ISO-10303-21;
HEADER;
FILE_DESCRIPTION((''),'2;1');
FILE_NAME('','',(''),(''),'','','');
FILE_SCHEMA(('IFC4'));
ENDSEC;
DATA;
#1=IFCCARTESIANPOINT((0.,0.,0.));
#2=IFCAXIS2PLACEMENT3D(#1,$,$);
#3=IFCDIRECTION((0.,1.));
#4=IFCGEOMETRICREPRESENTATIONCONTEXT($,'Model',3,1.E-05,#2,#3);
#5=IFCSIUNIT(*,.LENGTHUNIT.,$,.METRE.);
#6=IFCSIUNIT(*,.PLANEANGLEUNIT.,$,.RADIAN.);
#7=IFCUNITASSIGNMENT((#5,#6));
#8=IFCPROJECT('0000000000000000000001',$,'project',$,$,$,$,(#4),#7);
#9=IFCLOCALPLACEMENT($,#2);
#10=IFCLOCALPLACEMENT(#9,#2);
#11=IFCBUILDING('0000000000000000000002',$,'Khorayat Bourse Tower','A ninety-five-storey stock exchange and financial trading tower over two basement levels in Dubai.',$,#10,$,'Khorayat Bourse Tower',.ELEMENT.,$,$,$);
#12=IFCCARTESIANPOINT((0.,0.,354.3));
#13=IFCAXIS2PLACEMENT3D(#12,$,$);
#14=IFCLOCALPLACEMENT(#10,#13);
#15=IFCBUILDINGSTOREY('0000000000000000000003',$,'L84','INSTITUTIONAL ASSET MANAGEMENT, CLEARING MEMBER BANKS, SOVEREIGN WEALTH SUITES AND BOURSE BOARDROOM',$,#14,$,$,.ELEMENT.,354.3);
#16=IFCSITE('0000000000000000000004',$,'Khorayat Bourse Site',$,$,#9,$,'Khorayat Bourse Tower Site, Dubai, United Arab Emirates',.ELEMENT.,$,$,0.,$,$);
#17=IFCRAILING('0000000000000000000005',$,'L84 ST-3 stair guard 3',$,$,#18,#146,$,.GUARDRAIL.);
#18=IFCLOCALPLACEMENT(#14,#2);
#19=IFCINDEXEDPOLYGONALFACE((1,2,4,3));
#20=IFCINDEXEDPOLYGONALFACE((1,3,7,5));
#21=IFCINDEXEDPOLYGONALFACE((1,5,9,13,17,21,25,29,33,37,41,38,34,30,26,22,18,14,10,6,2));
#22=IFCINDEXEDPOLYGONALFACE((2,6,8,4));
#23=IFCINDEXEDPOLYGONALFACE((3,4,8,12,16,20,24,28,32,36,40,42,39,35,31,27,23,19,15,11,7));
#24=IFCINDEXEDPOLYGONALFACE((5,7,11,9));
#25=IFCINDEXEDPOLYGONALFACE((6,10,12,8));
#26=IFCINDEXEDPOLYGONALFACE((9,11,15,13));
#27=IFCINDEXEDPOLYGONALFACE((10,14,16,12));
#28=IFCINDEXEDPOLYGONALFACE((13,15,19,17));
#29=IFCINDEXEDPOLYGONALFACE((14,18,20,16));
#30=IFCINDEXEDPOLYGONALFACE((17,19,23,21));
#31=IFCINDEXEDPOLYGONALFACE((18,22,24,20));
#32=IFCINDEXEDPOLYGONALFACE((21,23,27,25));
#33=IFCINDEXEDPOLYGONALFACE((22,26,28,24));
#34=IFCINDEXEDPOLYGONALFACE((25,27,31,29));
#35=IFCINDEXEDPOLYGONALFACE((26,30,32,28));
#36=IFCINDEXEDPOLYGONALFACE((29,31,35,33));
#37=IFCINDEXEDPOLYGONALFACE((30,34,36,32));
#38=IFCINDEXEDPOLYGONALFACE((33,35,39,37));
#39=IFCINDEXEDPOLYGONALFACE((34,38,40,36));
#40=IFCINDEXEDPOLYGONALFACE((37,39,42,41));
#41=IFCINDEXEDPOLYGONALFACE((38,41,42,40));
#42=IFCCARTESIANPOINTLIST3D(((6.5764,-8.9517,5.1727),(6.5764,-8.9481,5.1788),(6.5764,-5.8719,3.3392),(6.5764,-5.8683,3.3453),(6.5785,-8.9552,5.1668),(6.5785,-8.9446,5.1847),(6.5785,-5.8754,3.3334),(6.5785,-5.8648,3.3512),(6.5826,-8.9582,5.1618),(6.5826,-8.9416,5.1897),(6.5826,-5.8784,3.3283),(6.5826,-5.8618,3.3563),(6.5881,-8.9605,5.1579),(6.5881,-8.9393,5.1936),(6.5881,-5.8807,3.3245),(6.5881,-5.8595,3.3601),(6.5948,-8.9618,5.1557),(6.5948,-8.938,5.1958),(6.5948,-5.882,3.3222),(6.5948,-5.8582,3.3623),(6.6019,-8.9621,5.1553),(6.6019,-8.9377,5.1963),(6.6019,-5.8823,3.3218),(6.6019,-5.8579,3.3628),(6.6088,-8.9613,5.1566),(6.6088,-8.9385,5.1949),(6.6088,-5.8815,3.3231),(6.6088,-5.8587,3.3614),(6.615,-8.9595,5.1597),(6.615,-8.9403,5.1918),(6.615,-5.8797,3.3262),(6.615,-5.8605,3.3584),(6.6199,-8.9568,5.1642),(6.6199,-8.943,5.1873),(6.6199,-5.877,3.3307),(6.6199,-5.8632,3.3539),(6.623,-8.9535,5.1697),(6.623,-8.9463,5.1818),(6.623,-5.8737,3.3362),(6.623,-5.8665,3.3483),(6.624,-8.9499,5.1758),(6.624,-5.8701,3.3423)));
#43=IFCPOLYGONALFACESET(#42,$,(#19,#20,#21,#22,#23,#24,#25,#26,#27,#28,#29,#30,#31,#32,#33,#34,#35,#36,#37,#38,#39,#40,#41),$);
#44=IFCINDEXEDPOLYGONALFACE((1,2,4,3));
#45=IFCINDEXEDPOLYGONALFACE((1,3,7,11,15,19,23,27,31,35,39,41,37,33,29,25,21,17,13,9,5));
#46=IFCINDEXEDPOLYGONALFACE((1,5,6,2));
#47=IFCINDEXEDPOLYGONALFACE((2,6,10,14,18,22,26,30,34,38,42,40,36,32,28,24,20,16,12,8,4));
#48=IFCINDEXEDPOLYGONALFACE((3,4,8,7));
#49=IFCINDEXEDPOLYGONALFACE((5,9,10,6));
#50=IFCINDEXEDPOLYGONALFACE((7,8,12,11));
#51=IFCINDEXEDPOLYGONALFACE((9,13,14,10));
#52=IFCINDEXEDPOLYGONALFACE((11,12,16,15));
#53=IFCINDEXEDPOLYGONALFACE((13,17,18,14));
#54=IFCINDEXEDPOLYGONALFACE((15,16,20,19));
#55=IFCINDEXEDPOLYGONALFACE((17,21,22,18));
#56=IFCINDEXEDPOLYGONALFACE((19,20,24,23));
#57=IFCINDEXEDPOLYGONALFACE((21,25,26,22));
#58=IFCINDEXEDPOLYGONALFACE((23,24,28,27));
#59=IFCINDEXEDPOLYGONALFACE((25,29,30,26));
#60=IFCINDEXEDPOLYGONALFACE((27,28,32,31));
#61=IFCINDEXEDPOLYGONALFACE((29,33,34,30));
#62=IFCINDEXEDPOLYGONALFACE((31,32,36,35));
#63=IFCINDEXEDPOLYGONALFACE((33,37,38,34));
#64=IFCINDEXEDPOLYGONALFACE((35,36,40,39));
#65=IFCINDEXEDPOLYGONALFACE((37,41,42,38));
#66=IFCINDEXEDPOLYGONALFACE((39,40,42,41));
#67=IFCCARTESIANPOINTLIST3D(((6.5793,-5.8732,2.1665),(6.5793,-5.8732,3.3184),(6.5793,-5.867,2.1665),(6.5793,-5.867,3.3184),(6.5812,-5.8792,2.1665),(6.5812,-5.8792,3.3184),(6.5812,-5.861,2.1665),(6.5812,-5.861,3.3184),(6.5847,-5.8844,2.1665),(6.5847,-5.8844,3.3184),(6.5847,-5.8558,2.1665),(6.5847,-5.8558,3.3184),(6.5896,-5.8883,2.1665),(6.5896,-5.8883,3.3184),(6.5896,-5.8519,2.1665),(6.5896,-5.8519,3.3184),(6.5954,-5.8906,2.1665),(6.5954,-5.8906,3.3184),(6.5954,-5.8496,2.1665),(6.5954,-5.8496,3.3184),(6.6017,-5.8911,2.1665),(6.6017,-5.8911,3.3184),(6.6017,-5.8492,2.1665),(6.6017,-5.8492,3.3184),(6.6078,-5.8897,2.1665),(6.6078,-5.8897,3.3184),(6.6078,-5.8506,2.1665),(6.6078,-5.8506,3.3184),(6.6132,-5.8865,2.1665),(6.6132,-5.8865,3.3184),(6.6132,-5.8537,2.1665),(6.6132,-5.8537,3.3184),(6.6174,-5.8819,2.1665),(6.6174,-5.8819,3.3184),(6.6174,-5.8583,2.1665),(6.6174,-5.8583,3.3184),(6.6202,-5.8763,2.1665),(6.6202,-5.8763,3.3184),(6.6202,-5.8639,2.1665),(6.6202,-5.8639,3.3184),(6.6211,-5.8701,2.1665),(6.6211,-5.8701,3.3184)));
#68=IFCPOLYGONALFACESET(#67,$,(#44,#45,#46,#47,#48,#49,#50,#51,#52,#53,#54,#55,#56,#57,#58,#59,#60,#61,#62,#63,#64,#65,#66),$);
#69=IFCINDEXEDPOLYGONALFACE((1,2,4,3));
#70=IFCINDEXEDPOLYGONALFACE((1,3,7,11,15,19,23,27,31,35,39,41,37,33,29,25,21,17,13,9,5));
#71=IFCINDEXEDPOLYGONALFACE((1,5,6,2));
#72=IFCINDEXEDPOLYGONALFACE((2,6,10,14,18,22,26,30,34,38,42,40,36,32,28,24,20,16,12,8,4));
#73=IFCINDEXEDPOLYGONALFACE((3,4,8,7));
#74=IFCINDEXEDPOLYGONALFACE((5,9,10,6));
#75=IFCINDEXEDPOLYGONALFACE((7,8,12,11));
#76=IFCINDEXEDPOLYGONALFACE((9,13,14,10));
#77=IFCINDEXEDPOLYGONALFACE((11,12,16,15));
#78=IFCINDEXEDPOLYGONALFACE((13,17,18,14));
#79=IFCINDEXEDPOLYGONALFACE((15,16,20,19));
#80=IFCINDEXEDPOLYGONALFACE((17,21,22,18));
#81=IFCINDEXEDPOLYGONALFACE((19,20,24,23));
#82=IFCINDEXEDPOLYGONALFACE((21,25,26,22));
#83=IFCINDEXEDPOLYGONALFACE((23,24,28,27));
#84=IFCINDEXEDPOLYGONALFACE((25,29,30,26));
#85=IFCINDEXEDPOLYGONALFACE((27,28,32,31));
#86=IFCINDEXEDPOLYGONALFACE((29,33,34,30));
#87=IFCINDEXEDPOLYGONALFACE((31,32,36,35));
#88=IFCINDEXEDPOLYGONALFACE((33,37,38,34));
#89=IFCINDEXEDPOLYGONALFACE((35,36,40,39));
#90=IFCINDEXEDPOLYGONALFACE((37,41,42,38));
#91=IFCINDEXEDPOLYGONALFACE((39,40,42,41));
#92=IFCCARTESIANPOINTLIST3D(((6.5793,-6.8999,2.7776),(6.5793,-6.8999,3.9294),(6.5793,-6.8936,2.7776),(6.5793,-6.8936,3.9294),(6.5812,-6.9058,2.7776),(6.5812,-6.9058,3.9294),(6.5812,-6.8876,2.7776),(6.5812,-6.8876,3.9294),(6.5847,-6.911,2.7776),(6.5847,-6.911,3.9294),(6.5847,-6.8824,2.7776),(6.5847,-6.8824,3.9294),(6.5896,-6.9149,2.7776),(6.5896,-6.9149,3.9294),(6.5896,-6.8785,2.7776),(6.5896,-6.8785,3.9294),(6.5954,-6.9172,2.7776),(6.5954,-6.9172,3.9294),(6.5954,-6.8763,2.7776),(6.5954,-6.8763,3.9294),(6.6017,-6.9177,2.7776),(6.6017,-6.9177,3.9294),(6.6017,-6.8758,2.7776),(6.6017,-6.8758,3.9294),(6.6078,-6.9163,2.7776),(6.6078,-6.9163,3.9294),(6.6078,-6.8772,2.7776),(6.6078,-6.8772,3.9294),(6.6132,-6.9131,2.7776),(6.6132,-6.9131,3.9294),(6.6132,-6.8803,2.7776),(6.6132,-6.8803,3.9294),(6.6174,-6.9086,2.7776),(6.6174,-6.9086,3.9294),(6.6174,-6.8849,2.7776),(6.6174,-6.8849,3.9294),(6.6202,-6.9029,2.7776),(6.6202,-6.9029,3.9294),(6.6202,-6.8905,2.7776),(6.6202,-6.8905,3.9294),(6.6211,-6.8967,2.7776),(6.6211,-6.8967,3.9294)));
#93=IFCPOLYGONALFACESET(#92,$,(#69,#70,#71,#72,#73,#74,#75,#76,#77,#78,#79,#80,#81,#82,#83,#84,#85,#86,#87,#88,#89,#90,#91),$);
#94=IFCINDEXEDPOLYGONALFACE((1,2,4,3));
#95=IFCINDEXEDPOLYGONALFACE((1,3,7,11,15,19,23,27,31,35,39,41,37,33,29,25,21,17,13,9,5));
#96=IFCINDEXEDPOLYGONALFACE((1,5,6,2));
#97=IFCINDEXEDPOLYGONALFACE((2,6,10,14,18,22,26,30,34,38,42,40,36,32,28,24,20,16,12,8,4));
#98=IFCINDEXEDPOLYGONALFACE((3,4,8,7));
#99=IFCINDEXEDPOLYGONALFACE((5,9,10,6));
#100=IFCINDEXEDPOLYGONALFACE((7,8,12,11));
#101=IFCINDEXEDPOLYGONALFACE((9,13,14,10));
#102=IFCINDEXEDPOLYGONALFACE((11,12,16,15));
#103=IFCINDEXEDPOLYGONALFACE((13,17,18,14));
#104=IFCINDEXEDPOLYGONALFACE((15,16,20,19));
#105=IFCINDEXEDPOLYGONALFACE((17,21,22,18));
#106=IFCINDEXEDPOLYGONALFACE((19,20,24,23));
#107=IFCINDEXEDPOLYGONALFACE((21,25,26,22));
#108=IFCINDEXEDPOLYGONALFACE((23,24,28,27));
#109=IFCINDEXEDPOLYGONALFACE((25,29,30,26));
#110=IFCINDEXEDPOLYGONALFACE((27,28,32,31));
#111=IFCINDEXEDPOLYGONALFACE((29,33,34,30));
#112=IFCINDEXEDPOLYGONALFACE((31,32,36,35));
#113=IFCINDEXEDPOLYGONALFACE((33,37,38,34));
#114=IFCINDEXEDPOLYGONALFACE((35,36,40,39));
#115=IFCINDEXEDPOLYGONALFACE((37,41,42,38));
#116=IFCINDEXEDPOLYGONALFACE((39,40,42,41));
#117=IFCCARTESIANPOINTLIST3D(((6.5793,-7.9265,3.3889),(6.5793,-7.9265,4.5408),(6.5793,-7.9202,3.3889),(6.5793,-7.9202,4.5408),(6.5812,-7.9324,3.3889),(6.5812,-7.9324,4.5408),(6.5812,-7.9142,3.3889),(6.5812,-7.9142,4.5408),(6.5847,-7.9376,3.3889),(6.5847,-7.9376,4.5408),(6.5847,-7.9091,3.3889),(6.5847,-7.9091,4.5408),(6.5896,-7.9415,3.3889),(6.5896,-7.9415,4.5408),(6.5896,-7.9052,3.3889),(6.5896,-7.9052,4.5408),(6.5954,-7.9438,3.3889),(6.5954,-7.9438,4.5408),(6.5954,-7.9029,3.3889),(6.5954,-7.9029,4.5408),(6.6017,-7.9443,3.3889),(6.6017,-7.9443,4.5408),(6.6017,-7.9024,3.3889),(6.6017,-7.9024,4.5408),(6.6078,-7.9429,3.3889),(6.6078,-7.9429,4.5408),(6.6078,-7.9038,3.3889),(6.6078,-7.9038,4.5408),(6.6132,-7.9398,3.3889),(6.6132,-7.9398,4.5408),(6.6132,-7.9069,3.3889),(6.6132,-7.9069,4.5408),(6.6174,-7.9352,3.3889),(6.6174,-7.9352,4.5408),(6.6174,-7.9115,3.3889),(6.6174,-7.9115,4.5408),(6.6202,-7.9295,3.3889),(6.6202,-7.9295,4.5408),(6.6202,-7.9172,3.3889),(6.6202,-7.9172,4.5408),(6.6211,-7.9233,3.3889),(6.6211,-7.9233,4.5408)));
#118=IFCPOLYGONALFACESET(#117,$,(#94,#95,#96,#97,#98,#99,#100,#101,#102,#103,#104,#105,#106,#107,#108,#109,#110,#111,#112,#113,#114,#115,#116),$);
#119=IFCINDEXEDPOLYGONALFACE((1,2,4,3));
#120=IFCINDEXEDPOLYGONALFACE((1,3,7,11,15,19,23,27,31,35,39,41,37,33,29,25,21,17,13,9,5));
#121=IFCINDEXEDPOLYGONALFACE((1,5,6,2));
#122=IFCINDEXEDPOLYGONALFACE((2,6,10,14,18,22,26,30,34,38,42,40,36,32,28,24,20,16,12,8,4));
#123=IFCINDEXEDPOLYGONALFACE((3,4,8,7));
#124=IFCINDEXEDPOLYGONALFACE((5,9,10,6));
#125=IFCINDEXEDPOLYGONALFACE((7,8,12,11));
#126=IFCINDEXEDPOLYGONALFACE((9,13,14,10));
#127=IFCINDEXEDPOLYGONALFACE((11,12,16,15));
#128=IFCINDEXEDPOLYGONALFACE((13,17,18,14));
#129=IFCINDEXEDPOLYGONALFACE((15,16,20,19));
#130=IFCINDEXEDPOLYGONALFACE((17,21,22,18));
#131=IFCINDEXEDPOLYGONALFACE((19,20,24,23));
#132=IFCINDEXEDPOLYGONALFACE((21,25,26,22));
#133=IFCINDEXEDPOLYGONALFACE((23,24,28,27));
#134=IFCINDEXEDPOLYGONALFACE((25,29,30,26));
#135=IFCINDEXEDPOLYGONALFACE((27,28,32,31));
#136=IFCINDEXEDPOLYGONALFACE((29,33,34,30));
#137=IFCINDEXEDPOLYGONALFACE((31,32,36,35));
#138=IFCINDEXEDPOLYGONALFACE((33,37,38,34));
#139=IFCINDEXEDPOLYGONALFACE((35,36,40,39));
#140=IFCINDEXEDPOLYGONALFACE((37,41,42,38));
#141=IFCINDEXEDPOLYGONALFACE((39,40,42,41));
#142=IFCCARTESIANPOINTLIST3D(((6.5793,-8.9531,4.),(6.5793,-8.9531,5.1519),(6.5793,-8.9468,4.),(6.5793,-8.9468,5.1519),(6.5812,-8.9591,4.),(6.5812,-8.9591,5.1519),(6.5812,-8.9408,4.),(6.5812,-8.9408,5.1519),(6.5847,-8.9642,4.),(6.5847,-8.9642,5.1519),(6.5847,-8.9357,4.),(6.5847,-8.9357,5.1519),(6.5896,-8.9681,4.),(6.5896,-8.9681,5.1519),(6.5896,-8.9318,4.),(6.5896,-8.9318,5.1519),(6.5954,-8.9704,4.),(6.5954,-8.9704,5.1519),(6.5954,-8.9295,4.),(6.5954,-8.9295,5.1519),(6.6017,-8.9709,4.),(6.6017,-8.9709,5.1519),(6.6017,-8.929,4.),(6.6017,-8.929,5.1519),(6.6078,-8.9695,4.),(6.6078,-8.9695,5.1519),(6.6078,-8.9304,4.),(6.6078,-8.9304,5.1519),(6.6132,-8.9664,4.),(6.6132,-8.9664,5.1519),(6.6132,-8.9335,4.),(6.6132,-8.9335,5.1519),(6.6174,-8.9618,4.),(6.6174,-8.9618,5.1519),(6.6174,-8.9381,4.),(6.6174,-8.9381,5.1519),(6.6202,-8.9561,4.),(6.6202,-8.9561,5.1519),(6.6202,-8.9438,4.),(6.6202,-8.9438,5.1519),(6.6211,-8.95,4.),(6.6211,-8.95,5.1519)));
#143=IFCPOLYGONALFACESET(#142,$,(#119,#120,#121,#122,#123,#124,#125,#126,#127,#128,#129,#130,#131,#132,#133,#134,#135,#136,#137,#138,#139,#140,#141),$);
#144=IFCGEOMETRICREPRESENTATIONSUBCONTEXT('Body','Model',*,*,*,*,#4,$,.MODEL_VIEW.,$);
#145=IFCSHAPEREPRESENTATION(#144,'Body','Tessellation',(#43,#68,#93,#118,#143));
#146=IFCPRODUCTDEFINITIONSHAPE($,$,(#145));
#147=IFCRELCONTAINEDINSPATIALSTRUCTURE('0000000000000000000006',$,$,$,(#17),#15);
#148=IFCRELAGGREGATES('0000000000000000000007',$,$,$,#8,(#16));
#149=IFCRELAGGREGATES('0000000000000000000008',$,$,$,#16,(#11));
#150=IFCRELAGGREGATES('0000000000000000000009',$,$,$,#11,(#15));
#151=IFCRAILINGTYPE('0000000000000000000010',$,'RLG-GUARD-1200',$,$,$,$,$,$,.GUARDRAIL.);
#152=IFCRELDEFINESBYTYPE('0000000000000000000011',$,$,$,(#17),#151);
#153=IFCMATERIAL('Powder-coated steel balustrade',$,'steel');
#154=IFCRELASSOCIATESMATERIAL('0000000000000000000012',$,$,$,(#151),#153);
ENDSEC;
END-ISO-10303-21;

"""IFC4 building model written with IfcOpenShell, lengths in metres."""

from ifc_helpers import new_model, si_unit, direction, frame, origin, origin_2d, place, context, subcontext, project, spatial, circle, extrude, source, transform, mapped, material, type_object, element, save


model = new_model("IFC4")

# Units and contexts
model_context = context("Model", 3, precision=1e-05, world=origin(), true_north=direction((0.0, 1.0)))
body_context = subcontext(model_context, "Body", "Model", "MODEL_VIEW")
ifc_project = project(units=[si_unit("LENGTHUNIT", "METRE"), si_unit("PLANEANGLEUNIT", "RADIAN")], contexts=[model_context])

# Site, building, storey
site_placement = place(None, origin())
site = spatial("IfcSite", under=ifc_project, at=site_placement, Name="Khorayat Bourse Site", LongName="Khorayat Bourse Tower Site, Dubai, United Arab Emirates", CompositionType="ELEMENT", RefElevation=0.0)
building_placement = place(site_placement, origin())
building = spatial("IfcBuilding", under=site, at=building_placement, Name="Khorayat Bourse Tower", Description="A ninety-five-storey stock exchange and financial trading tower over two basement levels in Dubai.", LongName="Khorayat Bourse Tower", CompositionType="ELEMENT")
storey_placement = place(building_placement, frame((0.0, 0.0, 354.3)))
storey = spatial("IfcBuildingStorey", under=building, at=storey_placement, Name="L84", Description="INSTITUTIONAL ASSET MANAGEMENT, CLEARING MEMBER BANKS, SOVEREIGN WEALTH SUITES AND BOURSE BOARDROOM", CompositionType="ELEMENT", Elevation=354.3)

# Railing
ifc_material_1 = material(Name="Powder-coated steel balustrade", Category="steel")
railing_type_1 = type_object("IfcRailingType", Name="RLG-GUARD-1200", PredefinedType="GUARDRAIL", material=ifc_material_1)
shared_shape_1 = source(origin(), body_context, "Body", "SweptSolid", [
    extrude(circle(Radius=0.0239, at=origin_2d()), frame((0.0, 0.0, 1.1758), z_axis=(0.0, -0.859261, 0.511538), x_axis=(1.0, 0.0, 0.0)), (0.0, 0.0, 1.0), 3.5842),
    extrude(circle(Radius=0.021, at=origin_2d()), origin(), (0.0, 0.0, 1.0), 1.1519),
    extrude(circle(Radius=0.021, at=origin_2d()), frame((0.0, -1.0266, 0.6111)), (0.0, 0.0, 1.0), 1.1519),
    extrude(circle(Radius=0.021, at=origin_2d()), frame((0.0, -2.0532, 1.2224)), (0.0, 0.0, 1.0), 1.1519),
    extrude(circle(Radius=0.021, at=origin_2d()), frame((0.0, -3.0798, 1.8335)), (0.0, 0.0, 1.0), 1.1519),
])
railing_1_placement = place(storey_placement, frame((6.6001, -5.8701, 2.1665)))
element("IfcRailing", 1, at=railing_1_placement, inside=storey, type_object=railing_type_1, Name="L84 ST-3 stair guard 3", PredefinedType="GUARDRAIL", context=body_context, shape_type="MappedRepresentation", body=[
    mapped(shared_shape_1, transform((0.0, 0.0, 0.0), scale=1.0)),
])

save(model, "model.ifc")
